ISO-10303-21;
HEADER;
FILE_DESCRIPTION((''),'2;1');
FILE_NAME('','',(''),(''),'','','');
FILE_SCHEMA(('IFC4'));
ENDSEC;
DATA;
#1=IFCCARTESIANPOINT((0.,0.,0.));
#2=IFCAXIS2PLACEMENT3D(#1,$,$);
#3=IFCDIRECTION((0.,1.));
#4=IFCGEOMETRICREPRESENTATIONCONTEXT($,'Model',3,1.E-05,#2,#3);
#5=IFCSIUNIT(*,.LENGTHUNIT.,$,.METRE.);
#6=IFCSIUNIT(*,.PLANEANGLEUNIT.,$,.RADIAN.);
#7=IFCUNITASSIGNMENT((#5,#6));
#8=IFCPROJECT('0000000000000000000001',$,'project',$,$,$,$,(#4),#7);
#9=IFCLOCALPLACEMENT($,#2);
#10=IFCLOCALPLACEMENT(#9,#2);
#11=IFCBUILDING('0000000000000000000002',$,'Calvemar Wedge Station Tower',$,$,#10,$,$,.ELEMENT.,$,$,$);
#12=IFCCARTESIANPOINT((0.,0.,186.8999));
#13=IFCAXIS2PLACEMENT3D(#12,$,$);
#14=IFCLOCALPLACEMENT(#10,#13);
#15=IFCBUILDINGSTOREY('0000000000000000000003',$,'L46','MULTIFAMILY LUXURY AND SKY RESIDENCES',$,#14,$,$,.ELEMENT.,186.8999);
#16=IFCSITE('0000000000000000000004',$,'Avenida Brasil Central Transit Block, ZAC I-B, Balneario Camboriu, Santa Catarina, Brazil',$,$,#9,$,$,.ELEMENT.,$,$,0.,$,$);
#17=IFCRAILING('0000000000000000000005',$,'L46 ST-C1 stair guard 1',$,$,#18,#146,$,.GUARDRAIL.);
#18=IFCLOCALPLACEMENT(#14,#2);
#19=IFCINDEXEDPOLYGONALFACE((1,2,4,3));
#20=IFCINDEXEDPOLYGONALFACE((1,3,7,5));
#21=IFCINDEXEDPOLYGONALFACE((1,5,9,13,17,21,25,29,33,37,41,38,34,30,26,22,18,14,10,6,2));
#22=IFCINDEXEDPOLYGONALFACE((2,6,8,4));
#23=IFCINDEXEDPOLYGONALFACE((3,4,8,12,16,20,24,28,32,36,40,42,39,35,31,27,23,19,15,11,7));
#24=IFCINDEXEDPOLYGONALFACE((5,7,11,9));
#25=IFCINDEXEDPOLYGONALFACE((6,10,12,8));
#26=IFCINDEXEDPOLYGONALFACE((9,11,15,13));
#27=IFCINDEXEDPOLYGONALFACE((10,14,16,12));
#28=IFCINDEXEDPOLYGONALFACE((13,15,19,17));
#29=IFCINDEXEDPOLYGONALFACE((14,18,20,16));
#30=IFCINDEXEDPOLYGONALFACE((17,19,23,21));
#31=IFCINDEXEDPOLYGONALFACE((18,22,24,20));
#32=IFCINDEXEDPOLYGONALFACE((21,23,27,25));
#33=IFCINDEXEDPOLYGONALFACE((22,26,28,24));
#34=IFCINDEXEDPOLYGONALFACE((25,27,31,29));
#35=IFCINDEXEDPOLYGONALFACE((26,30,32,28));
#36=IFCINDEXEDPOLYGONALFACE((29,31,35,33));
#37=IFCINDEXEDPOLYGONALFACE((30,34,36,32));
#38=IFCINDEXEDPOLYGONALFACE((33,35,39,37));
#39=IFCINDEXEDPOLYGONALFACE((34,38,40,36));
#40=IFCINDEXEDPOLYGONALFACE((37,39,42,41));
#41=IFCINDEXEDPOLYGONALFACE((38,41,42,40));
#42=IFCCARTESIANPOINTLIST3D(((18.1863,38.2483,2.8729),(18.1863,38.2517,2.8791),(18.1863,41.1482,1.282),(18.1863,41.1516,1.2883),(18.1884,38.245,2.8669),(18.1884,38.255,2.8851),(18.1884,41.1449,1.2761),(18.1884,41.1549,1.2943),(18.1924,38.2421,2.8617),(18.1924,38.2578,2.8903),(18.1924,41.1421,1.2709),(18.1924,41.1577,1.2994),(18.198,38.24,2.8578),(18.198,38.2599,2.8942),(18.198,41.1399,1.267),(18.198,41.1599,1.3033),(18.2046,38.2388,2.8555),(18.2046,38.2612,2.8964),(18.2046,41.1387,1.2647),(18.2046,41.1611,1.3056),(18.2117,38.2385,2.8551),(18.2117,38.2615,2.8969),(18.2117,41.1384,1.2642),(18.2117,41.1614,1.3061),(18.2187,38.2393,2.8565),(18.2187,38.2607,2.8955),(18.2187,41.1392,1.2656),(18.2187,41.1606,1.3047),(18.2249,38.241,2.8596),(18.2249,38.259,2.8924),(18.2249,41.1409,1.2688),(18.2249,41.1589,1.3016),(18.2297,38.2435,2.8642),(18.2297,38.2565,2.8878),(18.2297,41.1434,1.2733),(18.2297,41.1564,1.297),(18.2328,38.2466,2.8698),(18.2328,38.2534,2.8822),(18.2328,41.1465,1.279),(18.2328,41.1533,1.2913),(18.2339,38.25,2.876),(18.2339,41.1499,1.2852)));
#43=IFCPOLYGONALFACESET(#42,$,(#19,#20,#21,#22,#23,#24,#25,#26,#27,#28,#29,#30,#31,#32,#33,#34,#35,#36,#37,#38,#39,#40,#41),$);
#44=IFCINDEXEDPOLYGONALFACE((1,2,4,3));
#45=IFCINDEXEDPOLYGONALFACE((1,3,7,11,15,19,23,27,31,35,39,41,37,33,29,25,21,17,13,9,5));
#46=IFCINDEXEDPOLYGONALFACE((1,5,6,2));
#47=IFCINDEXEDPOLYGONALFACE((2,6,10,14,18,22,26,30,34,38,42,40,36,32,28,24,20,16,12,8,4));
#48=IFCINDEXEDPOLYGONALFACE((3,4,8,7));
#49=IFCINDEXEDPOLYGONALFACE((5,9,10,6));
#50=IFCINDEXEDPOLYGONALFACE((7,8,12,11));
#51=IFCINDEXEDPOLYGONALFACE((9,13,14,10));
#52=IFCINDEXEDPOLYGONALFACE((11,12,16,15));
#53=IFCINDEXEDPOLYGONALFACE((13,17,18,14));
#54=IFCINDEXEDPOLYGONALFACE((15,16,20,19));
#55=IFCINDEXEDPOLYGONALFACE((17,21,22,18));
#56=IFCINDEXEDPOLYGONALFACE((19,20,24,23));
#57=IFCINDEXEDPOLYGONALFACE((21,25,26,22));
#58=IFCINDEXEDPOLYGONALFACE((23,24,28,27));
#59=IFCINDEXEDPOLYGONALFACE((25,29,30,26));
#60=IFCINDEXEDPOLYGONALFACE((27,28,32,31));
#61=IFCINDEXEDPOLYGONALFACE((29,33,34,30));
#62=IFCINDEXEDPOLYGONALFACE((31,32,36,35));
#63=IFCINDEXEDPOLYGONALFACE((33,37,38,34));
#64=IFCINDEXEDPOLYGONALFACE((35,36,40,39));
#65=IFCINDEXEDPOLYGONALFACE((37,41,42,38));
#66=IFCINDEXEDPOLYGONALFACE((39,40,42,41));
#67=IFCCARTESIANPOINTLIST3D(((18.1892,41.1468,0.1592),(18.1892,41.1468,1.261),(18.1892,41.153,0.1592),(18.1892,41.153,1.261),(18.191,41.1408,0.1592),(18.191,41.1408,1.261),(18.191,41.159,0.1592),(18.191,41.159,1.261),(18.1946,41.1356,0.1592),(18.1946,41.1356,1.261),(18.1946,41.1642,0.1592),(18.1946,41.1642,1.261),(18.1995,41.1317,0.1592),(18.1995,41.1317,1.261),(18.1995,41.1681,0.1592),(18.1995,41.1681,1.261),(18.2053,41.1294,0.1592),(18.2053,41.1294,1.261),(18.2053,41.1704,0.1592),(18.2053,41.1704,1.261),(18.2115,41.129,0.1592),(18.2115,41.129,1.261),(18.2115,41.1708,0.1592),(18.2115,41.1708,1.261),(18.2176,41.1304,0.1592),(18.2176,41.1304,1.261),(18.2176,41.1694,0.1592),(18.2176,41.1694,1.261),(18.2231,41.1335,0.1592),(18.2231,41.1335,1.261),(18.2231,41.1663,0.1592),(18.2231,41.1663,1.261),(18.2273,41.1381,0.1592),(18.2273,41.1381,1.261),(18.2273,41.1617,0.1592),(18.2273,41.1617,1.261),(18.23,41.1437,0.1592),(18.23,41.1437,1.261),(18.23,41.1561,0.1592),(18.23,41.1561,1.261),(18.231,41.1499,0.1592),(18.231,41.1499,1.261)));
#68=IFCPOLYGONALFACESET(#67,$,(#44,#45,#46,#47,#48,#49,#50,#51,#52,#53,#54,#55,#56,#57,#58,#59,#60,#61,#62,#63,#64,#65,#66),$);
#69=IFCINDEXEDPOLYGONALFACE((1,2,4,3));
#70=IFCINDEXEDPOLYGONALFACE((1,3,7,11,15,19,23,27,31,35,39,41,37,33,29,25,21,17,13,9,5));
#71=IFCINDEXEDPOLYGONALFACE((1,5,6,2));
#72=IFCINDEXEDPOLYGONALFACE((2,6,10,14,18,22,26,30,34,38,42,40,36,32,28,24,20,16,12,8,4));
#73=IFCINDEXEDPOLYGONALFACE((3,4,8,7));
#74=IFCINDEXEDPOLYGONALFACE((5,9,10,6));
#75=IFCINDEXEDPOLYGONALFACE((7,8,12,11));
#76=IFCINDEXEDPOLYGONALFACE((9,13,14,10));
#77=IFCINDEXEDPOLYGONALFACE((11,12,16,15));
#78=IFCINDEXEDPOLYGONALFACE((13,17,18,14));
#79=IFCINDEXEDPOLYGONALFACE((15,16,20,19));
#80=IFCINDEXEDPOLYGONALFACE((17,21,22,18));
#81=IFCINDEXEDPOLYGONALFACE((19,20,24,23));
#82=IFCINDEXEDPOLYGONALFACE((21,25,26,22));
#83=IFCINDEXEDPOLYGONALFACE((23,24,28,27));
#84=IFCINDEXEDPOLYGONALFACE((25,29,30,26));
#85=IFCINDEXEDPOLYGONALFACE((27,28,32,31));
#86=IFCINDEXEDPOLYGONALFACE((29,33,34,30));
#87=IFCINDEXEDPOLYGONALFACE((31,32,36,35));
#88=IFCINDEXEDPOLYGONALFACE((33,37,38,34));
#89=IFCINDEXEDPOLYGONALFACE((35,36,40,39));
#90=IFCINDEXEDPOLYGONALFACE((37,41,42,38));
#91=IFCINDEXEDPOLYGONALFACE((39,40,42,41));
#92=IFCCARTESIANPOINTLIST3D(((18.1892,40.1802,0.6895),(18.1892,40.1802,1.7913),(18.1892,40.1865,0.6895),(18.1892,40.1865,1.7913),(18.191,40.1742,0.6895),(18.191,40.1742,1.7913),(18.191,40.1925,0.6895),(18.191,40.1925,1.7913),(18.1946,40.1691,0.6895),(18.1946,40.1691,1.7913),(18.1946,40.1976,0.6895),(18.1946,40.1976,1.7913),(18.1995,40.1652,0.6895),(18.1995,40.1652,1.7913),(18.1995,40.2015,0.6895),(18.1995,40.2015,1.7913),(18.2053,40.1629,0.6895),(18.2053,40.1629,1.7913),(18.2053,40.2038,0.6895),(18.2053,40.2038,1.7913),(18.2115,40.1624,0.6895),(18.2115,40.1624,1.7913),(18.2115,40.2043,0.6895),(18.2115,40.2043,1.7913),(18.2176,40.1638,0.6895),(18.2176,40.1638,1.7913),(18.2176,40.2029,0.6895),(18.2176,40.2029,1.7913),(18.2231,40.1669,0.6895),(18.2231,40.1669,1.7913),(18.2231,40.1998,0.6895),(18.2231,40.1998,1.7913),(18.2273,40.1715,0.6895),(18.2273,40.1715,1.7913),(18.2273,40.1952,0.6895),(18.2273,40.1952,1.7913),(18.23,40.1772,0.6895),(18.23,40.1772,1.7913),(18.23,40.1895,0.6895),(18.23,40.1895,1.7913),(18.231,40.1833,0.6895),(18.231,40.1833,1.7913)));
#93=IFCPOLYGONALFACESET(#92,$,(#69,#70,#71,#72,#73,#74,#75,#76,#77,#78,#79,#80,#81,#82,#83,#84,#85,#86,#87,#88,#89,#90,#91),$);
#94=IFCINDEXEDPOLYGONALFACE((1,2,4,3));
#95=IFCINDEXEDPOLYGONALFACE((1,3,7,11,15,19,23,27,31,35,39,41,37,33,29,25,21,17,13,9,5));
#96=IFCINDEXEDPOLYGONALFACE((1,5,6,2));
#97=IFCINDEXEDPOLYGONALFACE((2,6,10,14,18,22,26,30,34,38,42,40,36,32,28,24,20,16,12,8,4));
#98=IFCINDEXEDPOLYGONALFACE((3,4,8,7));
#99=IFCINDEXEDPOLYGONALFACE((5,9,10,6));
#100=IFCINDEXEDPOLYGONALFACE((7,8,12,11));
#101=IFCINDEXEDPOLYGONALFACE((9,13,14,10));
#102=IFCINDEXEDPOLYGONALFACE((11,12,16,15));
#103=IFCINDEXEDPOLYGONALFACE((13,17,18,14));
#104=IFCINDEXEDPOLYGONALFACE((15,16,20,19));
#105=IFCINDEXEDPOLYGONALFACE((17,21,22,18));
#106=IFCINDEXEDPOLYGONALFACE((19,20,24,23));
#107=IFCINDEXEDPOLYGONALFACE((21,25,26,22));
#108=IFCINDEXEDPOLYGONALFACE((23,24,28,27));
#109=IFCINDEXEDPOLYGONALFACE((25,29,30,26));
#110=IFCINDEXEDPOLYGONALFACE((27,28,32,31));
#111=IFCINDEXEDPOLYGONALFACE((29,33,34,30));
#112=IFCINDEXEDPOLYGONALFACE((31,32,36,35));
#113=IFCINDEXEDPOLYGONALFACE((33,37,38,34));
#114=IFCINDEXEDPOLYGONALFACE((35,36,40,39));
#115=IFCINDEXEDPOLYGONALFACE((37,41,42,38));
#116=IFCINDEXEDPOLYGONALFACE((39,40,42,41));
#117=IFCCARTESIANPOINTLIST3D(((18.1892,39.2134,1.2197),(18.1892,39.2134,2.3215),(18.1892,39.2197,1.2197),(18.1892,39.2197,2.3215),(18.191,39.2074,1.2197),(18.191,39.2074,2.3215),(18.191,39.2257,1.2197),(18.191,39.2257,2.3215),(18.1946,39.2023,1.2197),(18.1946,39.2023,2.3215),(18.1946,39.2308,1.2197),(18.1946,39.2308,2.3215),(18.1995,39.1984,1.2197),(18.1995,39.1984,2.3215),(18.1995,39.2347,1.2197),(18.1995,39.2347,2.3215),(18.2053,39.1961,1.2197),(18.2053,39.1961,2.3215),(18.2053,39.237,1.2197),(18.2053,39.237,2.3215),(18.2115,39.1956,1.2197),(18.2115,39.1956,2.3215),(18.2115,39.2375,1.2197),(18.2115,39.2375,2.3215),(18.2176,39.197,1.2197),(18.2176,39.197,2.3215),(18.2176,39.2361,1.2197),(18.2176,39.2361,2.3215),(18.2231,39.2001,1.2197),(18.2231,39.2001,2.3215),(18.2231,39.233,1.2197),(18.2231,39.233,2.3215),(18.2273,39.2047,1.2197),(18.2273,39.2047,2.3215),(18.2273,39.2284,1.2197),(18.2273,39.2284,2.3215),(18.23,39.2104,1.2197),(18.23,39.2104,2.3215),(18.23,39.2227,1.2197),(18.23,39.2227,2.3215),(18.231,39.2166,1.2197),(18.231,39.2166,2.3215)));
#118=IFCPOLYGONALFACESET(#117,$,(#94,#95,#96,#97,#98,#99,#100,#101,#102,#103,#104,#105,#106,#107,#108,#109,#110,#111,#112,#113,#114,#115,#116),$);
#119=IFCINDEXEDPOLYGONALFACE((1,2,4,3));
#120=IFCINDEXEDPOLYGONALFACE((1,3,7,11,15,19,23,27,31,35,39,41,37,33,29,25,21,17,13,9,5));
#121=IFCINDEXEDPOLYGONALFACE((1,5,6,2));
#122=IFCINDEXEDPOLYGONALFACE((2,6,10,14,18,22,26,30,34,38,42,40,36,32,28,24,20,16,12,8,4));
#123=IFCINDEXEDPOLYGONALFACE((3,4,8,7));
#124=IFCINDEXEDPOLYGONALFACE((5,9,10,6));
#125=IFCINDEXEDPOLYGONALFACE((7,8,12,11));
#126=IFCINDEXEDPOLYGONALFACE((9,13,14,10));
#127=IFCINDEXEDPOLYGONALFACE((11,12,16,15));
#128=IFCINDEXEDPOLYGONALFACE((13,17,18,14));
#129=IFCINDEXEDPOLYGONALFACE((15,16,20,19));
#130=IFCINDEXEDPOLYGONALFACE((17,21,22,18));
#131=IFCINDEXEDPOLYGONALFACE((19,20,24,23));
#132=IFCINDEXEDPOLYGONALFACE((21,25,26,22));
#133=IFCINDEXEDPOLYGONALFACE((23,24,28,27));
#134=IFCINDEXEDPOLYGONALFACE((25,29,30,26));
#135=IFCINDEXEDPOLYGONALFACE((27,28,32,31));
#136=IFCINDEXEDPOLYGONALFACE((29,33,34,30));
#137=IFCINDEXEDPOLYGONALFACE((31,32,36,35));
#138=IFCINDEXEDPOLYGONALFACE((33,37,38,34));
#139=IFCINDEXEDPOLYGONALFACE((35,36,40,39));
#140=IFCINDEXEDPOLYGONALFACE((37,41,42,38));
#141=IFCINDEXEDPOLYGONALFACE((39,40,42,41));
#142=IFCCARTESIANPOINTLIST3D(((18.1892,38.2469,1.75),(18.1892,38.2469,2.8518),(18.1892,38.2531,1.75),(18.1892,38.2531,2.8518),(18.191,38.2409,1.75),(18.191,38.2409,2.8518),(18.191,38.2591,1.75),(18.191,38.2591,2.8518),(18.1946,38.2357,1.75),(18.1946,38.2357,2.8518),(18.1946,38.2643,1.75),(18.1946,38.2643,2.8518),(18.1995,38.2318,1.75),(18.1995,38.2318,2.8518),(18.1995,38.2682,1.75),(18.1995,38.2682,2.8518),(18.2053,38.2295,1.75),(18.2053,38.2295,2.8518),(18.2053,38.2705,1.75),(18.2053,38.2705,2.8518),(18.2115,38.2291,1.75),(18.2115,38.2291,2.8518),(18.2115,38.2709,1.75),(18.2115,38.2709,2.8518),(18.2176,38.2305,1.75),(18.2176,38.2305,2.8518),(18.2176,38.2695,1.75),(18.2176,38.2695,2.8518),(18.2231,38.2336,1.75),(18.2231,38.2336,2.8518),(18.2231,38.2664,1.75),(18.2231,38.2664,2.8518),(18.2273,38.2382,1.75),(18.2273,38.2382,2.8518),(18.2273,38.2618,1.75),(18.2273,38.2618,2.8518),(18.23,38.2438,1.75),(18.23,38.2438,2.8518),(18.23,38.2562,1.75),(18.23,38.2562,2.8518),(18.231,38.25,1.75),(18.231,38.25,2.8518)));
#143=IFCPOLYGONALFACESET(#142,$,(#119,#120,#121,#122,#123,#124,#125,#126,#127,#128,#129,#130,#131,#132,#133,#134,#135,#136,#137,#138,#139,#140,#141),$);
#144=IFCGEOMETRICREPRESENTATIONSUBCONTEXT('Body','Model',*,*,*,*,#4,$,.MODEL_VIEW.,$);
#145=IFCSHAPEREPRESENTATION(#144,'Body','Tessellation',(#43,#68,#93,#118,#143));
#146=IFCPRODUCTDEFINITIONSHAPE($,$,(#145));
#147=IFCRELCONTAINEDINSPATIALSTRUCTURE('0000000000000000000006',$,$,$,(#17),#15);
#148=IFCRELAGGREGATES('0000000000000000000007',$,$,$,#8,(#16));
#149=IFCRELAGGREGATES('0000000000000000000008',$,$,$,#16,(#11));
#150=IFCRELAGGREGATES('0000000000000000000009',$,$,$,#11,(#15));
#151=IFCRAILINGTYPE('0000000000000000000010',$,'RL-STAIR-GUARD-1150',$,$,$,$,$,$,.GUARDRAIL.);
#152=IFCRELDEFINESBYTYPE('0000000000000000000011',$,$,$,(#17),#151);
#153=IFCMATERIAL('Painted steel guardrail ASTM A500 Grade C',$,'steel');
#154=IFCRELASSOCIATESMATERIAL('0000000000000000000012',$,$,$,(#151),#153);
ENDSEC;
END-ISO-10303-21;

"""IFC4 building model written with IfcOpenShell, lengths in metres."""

from ifc_helpers import new_model, si_unit, direction, frame, origin, origin_2d, place, context, subcontext, project, spatial, circle, extrude, material, type_object, element, save


model = new_model("IFC4")

# Units and contexts
model_context = context("Model", 3, precision=1e-05, world=origin(), true_north=direction((0.0, 1.0)))
body_context = subcontext(model_context, "Body", "Model", "MODEL_VIEW")
ifc_project = project(units=[si_unit("LENGTHUNIT", "METRE"), si_unit("PLANEANGLEUNIT", "RADIAN")], contexts=[model_context])

# Site, building, storey
site_placement = place(None, origin())
site = spatial("IfcSite", under=ifc_project, at=site_placement, Name="Avenida Brasil Central Transit Block, ZAC I-B, Balneario Camboriu, Santa Catarina, Brazil", CompositionType="ELEMENT", RefElevation=0.0)
building_placement = place(site_placement, origin())
building = spatial("IfcBuilding", under=site, at=building_placement, Name="Calvemar Wedge Station Tower", CompositionType="ELEMENT")
storey_placement = place(building_placement, frame((0.0, 0.0, 186.8999)))
storey = spatial("IfcBuildingStorey", under=building, at=storey_placement, Name="L46", Description="MULTIFAMILY LUXURY AND SKY RESIDENCES", CompositionType="ELEMENT", Elevation=186.8999)

# Railing
ifc_material_1 = material(Name="Painted steel guardrail ASTM A500 Grade C", Category="steel")
railing_type_1 = type_object("IfcRailingType", Name="RL-STAIR-GUARD-1150", PredefinedType="GUARDRAIL", material=ifc_material_1)
railing_1_placement = place(storey_placement, frame((18.21, 41.1499, 0.1592)))
element("IfcRailing", 1, at=railing_1_placement, inside=storey, type_object=railing_type_1, Name="L46 ST-C1 stair guard 1", PredefinedType="GUARDRAIL", context=body_context, shape_type="SweptSolid", body=[
    extrude(circle(Radius=0.0239, at=origin_2d()), frame((0.0, 0.0, 1.126), z_axis=(0.0, -0.876742, 0.480961), x_axis=(1.0, 0.0, 0.0)), (0.0, 0.0, 1.0), 3.3076),
    extrude(circle(Radius=0.021, at=origin_2d()), origin(), (0.0, 0.0, 1.0), 1.1018),
    extrude(circle(Radius=0.021, at=origin_2d()), frame((0.0, -0.9666, 0.5303)), (0.0, 0.0, 1.0), 1.1018),
    extrude(circle(Radius=0.021, at=origin_2d()), frame((0.0, -1.9333, 1.0605)), (0.0, 0.0, 1.0), 1.1018),
    extrude(circle(Radius=0.021, at=origin_2d()), frame((0.0, -2.8999, 1.5908)), (0.0, 0.0, 1.0), 1.1018),
])

save(model, "model.ifc")
